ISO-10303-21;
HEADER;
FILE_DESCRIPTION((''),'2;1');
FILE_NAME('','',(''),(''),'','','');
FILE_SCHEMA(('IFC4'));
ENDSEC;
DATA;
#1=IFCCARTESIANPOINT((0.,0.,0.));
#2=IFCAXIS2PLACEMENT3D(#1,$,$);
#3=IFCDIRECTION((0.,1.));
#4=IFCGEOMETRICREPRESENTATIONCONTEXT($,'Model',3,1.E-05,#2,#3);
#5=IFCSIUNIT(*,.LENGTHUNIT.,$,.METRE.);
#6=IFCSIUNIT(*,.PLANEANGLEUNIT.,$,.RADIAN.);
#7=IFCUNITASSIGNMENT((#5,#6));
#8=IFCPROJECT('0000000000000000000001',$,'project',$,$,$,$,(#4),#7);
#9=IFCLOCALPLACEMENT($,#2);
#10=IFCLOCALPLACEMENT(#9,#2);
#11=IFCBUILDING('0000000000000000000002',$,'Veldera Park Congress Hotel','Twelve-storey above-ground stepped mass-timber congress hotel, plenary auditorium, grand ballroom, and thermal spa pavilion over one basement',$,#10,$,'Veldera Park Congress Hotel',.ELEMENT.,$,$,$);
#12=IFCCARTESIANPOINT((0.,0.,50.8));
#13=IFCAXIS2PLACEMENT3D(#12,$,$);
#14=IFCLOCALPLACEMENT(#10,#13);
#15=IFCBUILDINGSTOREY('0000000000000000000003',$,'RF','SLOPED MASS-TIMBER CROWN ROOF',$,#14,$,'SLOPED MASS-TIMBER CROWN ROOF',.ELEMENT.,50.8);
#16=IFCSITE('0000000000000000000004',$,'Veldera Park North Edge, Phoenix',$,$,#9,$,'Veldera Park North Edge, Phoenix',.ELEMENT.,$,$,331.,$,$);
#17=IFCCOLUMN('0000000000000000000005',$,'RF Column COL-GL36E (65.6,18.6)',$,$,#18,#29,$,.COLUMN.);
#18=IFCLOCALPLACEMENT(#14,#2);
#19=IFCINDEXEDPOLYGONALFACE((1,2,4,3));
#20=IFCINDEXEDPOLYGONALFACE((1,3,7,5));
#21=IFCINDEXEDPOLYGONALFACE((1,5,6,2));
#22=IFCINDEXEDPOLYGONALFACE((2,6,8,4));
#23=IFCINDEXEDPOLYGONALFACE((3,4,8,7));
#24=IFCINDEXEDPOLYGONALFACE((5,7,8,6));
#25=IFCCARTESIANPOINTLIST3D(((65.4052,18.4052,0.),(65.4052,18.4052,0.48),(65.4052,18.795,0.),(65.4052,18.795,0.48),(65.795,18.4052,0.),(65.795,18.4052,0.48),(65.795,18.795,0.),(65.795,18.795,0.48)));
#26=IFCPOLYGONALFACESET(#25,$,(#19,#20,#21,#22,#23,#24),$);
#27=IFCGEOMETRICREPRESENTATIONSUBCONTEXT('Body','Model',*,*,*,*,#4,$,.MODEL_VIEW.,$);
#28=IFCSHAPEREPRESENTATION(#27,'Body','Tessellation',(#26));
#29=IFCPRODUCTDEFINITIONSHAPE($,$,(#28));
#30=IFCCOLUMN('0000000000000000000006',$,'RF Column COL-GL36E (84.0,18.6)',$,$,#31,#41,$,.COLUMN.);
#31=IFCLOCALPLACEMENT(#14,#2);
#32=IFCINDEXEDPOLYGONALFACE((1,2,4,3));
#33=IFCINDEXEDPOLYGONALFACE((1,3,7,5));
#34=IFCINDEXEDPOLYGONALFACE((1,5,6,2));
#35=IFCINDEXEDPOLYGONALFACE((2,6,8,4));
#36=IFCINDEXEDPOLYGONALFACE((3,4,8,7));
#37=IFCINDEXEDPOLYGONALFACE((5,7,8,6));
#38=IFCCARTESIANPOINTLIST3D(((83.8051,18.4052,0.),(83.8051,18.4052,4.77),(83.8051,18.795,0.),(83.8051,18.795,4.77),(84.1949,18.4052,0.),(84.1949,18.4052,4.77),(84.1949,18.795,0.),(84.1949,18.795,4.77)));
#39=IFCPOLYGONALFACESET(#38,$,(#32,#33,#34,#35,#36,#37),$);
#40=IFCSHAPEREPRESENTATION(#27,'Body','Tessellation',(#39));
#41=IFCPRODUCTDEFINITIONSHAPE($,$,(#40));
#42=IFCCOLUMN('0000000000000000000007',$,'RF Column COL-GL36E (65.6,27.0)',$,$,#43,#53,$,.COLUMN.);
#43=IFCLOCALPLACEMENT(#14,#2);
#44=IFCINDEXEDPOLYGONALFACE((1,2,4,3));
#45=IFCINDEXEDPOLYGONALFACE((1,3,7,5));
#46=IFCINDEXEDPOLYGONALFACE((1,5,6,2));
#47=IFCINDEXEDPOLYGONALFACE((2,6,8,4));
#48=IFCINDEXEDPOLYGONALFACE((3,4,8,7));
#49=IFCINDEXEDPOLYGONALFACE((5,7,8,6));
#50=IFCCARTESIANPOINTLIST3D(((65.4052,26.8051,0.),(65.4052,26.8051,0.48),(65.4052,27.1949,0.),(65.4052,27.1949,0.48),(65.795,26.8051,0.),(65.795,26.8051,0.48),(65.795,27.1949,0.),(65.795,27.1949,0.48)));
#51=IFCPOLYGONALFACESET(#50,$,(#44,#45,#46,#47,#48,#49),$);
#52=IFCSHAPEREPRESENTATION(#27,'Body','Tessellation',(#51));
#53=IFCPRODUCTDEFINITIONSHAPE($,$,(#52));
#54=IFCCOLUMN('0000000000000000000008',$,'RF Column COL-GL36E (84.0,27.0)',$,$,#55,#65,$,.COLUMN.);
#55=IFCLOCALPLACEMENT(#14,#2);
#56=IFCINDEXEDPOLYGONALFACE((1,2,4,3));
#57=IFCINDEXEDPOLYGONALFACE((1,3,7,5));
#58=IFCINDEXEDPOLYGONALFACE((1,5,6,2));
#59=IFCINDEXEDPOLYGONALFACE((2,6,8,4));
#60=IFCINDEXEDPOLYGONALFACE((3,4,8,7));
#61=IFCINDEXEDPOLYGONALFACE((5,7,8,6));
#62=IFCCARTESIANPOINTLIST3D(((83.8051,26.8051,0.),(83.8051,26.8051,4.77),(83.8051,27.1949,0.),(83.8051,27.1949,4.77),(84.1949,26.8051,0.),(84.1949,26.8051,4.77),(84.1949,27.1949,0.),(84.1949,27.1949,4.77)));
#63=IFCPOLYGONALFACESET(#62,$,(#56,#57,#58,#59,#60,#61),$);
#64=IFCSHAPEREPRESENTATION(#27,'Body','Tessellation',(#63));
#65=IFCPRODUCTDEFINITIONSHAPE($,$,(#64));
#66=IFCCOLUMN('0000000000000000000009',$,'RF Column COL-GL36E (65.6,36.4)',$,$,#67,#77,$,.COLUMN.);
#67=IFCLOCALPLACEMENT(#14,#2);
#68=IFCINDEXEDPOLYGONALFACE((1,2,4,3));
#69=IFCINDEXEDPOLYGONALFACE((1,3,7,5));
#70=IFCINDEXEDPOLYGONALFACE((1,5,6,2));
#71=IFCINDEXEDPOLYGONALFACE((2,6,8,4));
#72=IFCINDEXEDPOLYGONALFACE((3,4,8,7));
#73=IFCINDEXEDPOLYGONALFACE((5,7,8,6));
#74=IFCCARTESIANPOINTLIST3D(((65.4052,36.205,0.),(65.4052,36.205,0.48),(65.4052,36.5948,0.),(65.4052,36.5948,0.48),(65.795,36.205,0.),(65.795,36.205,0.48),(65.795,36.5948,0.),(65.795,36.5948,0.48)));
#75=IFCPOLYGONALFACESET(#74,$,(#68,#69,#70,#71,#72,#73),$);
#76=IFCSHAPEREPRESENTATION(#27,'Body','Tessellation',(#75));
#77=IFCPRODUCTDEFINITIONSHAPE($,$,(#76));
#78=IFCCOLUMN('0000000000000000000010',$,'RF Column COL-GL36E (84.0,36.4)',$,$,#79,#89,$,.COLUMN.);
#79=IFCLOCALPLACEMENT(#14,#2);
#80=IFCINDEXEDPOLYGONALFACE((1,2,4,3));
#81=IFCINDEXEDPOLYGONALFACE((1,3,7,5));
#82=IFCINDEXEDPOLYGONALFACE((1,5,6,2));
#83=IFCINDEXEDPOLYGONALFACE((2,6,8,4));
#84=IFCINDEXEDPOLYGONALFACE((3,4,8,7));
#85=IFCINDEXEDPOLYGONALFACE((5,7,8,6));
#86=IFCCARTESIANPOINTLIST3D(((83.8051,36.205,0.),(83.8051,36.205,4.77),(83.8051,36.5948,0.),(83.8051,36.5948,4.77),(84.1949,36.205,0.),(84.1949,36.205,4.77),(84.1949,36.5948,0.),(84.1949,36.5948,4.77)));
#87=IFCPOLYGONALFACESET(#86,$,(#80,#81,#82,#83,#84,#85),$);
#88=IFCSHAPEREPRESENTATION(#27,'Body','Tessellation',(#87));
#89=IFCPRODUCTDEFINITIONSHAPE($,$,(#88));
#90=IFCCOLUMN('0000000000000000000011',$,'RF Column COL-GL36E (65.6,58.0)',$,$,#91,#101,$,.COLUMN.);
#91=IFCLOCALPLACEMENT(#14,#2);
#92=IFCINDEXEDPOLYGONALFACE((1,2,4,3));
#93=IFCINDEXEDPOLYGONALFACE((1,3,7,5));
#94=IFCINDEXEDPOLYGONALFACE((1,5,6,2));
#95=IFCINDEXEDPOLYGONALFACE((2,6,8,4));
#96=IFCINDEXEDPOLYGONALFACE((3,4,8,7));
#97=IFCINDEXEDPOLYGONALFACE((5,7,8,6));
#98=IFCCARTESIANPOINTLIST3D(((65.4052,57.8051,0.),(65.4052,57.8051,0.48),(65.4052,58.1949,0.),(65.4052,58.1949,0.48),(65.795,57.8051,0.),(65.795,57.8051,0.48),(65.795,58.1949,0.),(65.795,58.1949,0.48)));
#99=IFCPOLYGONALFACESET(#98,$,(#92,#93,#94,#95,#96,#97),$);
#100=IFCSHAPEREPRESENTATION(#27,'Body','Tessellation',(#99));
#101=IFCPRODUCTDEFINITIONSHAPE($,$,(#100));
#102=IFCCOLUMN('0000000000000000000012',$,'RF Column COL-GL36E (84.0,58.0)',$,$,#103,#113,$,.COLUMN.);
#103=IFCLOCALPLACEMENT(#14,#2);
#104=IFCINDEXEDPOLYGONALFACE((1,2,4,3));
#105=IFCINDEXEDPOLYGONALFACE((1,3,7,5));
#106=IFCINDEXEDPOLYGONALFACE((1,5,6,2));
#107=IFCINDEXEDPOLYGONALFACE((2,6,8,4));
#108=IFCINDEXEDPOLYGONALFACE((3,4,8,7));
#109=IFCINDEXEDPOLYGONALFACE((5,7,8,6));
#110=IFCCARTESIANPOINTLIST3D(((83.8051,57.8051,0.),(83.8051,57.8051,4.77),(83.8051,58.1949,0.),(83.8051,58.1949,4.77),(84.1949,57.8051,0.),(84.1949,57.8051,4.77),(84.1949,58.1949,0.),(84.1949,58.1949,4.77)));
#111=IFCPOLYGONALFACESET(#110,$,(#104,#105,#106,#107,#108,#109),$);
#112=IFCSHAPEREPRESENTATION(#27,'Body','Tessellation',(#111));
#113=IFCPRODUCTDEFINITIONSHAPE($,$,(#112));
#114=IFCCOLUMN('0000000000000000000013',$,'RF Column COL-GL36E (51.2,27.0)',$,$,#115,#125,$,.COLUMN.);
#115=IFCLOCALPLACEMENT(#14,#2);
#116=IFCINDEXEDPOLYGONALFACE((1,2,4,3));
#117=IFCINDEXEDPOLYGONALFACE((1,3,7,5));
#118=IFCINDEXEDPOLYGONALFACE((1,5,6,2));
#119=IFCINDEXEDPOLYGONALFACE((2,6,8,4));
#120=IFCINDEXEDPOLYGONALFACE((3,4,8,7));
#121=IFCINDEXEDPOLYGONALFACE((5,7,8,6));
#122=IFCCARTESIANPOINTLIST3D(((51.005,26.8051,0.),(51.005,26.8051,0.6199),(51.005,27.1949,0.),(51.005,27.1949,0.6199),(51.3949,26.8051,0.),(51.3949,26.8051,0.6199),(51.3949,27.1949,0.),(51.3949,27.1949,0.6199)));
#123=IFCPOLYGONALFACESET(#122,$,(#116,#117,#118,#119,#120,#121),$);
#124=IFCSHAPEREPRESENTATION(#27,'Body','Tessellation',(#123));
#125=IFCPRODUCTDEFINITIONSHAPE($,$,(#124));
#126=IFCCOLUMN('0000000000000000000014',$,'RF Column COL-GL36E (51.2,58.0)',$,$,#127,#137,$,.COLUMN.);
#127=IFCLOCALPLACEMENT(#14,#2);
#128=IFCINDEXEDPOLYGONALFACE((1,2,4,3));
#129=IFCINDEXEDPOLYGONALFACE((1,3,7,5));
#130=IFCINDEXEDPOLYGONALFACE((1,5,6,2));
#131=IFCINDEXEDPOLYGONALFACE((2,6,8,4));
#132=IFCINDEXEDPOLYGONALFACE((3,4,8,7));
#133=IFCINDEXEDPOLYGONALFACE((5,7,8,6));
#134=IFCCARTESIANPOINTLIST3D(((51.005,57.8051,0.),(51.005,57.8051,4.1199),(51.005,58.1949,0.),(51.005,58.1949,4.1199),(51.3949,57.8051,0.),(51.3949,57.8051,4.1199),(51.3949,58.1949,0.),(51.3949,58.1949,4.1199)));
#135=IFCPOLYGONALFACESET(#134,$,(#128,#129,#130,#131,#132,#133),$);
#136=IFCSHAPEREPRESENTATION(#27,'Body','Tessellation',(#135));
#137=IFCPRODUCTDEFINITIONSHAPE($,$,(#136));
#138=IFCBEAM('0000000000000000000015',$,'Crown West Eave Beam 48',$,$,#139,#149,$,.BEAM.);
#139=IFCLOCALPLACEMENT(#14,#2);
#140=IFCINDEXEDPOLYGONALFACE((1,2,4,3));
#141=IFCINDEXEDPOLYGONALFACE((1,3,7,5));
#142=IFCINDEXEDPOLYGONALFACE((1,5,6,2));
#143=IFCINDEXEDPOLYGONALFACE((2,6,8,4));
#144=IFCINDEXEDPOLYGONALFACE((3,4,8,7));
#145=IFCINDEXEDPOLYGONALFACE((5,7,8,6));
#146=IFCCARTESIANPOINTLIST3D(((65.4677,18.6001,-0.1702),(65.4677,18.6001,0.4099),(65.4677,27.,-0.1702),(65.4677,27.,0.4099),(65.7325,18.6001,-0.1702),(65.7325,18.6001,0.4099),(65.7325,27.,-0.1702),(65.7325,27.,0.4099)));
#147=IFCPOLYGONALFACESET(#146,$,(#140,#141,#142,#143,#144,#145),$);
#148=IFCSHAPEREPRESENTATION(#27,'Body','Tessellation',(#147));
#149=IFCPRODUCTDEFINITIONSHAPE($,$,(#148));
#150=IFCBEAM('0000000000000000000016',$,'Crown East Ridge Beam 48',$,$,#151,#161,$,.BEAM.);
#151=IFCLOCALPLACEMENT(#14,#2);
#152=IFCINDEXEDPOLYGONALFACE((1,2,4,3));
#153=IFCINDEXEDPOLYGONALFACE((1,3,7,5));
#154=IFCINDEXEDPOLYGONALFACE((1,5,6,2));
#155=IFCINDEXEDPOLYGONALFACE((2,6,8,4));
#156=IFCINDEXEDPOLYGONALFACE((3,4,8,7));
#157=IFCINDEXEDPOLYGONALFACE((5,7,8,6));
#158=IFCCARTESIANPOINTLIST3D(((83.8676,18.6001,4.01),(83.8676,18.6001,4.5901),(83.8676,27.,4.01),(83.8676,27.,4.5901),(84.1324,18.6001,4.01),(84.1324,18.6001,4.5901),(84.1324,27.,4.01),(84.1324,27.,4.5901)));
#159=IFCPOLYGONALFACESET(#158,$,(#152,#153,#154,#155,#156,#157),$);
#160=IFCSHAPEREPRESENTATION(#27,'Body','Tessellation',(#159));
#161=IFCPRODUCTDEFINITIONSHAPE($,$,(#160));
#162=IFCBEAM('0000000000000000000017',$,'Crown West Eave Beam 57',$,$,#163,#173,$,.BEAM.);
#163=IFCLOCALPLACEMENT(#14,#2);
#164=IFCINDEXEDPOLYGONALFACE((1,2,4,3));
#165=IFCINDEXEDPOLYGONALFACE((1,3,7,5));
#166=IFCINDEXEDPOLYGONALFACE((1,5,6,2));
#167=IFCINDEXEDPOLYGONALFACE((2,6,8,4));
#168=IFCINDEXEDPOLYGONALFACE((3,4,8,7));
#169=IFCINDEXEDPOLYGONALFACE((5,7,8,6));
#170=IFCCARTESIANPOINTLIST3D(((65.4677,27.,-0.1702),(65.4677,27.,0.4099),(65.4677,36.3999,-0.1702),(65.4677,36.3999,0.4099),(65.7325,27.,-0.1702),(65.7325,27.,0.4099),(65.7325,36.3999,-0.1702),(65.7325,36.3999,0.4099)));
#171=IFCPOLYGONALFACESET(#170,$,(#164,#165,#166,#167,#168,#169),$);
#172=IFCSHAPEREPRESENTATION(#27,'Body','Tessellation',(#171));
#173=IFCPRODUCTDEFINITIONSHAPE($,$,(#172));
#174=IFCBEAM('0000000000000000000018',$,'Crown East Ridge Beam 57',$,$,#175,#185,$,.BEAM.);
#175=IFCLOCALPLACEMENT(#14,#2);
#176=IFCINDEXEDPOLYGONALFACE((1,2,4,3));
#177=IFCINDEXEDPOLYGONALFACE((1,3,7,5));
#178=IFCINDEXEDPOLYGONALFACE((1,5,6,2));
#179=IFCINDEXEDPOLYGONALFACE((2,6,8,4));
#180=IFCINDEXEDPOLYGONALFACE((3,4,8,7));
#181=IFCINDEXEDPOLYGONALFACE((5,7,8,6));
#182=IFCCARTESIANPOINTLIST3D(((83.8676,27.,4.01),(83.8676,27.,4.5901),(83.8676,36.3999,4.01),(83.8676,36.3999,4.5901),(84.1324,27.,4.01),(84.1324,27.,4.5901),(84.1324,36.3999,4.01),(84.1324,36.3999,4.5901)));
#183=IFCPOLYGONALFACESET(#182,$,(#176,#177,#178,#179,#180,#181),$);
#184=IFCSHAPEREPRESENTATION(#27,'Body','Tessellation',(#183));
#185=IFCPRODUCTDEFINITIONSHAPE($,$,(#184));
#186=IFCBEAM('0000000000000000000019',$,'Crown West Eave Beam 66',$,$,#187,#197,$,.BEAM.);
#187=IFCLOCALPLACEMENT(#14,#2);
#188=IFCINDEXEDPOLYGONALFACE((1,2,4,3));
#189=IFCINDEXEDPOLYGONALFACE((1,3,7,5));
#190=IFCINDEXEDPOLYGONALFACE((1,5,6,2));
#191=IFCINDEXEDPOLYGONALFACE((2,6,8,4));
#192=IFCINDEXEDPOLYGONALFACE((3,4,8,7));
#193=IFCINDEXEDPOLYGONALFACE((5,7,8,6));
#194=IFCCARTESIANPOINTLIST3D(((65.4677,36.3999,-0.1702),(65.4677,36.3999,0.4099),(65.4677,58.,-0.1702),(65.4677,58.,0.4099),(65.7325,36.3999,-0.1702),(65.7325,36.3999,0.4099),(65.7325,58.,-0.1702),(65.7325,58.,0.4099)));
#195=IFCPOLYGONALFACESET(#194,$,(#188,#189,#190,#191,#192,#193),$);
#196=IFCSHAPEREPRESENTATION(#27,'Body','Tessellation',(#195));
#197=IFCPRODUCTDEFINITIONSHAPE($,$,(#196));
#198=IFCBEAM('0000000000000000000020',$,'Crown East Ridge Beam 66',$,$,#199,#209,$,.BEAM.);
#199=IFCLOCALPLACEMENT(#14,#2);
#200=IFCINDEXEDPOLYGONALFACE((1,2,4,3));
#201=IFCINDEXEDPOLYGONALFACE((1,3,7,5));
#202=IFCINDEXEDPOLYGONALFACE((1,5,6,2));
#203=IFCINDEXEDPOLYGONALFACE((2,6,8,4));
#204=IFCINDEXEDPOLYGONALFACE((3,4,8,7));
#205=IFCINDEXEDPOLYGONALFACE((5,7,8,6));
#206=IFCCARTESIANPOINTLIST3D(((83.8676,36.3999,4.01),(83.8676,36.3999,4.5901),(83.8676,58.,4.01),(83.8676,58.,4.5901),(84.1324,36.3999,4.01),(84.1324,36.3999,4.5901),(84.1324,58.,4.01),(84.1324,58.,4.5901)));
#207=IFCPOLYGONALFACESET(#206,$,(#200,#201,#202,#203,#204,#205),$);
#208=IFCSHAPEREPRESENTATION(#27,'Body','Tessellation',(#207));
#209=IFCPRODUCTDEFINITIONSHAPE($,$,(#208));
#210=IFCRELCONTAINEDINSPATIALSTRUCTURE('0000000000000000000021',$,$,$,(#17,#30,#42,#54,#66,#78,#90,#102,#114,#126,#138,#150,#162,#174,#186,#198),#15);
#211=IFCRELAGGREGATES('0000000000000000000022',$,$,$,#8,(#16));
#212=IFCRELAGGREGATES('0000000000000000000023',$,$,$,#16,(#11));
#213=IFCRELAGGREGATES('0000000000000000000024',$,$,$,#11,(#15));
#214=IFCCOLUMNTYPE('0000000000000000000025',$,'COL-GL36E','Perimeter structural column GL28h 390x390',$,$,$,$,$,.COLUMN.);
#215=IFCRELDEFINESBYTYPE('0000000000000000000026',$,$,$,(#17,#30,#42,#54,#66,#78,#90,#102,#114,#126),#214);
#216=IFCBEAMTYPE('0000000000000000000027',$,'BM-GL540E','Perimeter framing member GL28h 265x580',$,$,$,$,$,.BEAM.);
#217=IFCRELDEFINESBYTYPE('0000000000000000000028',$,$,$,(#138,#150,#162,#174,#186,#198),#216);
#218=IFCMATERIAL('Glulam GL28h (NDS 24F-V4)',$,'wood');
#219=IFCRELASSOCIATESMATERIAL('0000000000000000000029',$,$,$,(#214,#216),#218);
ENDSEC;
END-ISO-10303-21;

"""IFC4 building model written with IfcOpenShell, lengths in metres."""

from ifc_helpers import new_model, si_unit, direction, frame, origin, origin_2d, place, context, subcontext, project, spatial, rectangle, extrude, material, material_profile, profile_set, type_object, element, save


model = new_model("IFC4")

# Units and contexts
model_context = context("Model", 3, precision=1e-05, world=origin(), true_north=direction((0.0, 1.0)))
body_context = subcontext(model_context, "Body", "Model", "MODEL_VIEW")
ifc_project = project(units=[si_unit("LENGTHUNIT", "METRE"), si_unit("PLANEANGLEUNIT", "RADIAN")], contexts=[model_context])

# Site, building, storey
site_placement = place(None, origin())
site = spatial("IfcSite", under=ifc_project, at=site_placement, Name="Veldera Park North Edge, Phoenix", LongName="Veldera Park North Edge, Phoenix", CompositionType="ELEMENT", RefElevation=331.0)
building_placement = place(site_placement, origin())
building = spatial("IfcBuilding", under=site, at=building_placement, Name="Veldera Park Congress Hotel", Description="Twelve-storey above-ground stepped mass-timber congress hotel, plenary auditorium, grand ballroom, and thermal spa pavilion over one basement", LongName="Veldera Park Congress Hotel", CompositionType="ELEMENT")
storey_placement = place(building_placement, frame((0.0, 0.0, 50.8)))
storey = spatial("IfcBuildingStorey", under=building, at=storey_placement, Name="RF", Description="SLOPED MASS-TIMBER CROWN ROOF", LongName="SLOPED MASS-TIMBER CROWN ROOF", CompositionType="ELEMENT", Elevation=50.8)

# Columns
ifc_material_1 = material(Name="Glulam GL28h (NDS 24F-V4)", Category="wood")
ifc_material_profile_1 = material_profile(ifc_material_1, rectangle(XDim=0.3899, YDim=0.3899, at=origin_2d()), Name="GL28h 390x390")
ifc_profile_set_1 = profile_set([ifc_material_profile_1], Name="Glulam GL28h (NDS 24F-V4)")
column_type = type_object("IfcColumnType", Name="COL-GL36E", Description="Perimeter structural column GL28h 390x390", PredefinedType="COLUMN", material=ifc_profile_set_1)
column_1_placement = place(storey_placement, frame((65.6001, 18.6001, 0.0), z_axis=(0.0, 0.0, 1.0), x_axis=(1.0, 0.0, 0.0)))
element("IfcColumn", 1, at=column_1_placement, inside=storey, type_object=column_type, Name="RF Column COL-GL36E (65.6,18.6)", PredefinedType="COLUMN", context=body_context, shape_type="SweptSolid", body=[
    extrude(rectangle(XDim=0.3899, YDim=0.3899, at=origin_2d()), origin(), (0.0, 0.0, 1.0), 0.48),
])
column_2_placement = place(storey_placement, frame((84.0, 18.6001, 0.0), z_axis=(0.0, 0.0, 1.0), x_axis=(1.0, 0.0, 0.0)))
element("IfcColumn", 2, at=column_2_placement, inside=storey, type_object=column_type, Name="RF Column COL-GL36E (84.0,18.6)", PredefinedType="COLUMN", context=body_context, shape_type="SweptSolid", body=[
    extrude(rectangle(XDim=0.3899, YDim=0.3899, at=origin_2d()), origin(), (0.0, 0.0, 1.0), 4.77),
])
column_3_placement = place(storey_placement, frame((65.6001, 27.0, 0.0), z_axis=(0.0, 0.0, 1.0), x_axis=(1.0, 0.0, 0.0)))
element("IfcColumn", 3, at=column_3_placement, inside=storey, type_object=column_type, Name="RF Column COL-GL36E (65.6,27.0)", PredefinedType="COLUMN", context=body_context, shape_type="SweptSolid", body=[
    extrude(rectangle(XDim=0.3899, YDim=0.3899, at=origin_2d()), origin(), (0.0, 0.0, 1.0), 0.48),
])
column_4_placement = place(storey_placement, frame((84.0, 27.0, 0.0), z_axis=(0.0, 0.0, 1.0), x_axis=(1.0, 0.0, 0.0)))
element("IfcColumn", 4, at=column_4_placement, inside=storey, type_object=column_type, Name="RF Column COL-GL36E (84.0,27.0)", PredefinedType="COLUMN", context=body_context, shape_type="SweptSolid", body=[
    extrude(rectangle(XDim=0.3899, YDim=0.3899, at=origin_2d()), origin(), (0.0, 0.0, 1.0), 4.77),
])
column_5_placement = place(storey_placement, frame((65.6001, 36.3999, 0.0), z_axis=(0.0, 0.0, 1.0), x_axis=(1.0, 0.0, 0.0)))
element("IfcColumn", 5, at=column_5_placement, inside=storey, type_object=column_type, Name="RF Column COL-GL36E (65.6,36.4)", PredefinedType="COLUMN", context=body_context, shape_type="SweptSolid", body=[
    extrude(rectangle(XDim=0.3899, YDim=0.3899, at=origin_2d()), origin(), (0.0, 0.0, 1.0), 0.48),
])
column_6_placement = place(storey_placement, frame((84.0, 36.3999, 0.0), z_axis=(0.0, 0.0, 1.0), x_axis=(1.0, 0.0, 0.0)))
element("IfcColumn", 6, at=column_6_placement, inside=storey, type_object=column_type, Name="RF Column COL-GL36E (84.0,36.4)", PredefinedType="COLUMN", context=body_context, shape_type="SweptSolid", body=[
    extrude(rectangle(XDim=0.3899, YDim=0.3899, at=origin_2d()), origin(), (0.0, 0.0, 1.0), 4.77),
])
column_7_placement = place(storey_placement, frame((65.6001, 58.0, 0.0), z_axis=(0.0, 0.0, 1.0), x_axis=(1.0, 0.0, 0.0)))
element("IfcColumn", 7, at=column_7_placement, inside=storey, type_object=column_type, Name="RF Column COL-GL36E (65.6,58.0)", PredefinedType="COLUMN", context=body_context, shape_type="SweptSolid", body=[
    extrude(rectangle(XDim=0.3899, YDim=0.3899, at=origin_2d()), origin(), (0.0, 0.0, 1.0), 0.48),
])
column_8_placement = place(storey_placement, frame((84.0, 58.0, 0.0), z_axis=(0.0, 0.0, 1.0), x_axis=(1.0, 0.0, 0.0)))
element("IfcColumn", 8, at=column_8_placement, inside=storey, type_object=column_type, Name="RF Column COL-GL36E (84.0,58.0)", PredefinedType="COLUMN", context=body_context, shape_type="SweptSolid", body=[
    extrude(rectangle(XDim=0.3899, YDim=0.3899, at=origin_2d()), origin(), (0.0, 0.0, 1.0), 4.77),
])
column_9_placement = place(storey_placement, frame((51.2, 27.0, 0.0), z_axis=(0.0, 0.0, 1.0), x_axis=(1.0, 0.0, 0.0)))
element("IfcColumn", 9, at=column_9_placement, inside=storey, type_object=column_type, Name="RF Column COL-GL36E (51.2,27.0)", PredefinedType="COLUMN", context=body_context, shape_type="SweptSolid", body=[
    extrude(rectangle(XDim=0.3899, YDim=0.3899, at=origin_2d()), origin(), (0.0, 0.0, 1.0), 0.6199),
])
column_10_placement = place(storey_placement, frame((51.2, 58.0, 0.0), z_axis=(0.0, 0.0, 1.0), x_axis=(1.0, 0.0, 0.0)))
element("IfcColumn", 10, at=column_10_placement, inside=storey, type_object=column_type, Name="RF Column COL-GL36E (51.2,58.0)", PredefinedType="COLUMN", context=body_context, shape_type="SweptSolid", body=[
    extrude(rectangle(XDim=0.3899, YDim=0.3899, at=origin_2d()), origin(), (0.0, 0.0, 1.0), 4.1199),
])

# Beams
ifc_material_profile_2 = material_profile(ifc_material_1, rectangle(XDim=0.2649, YDim=0.5801, at=origin_2d()), Name="GL28h 265x580")
ifc_profile_set_2 = profile_set([ifc_material_profile_2], Name="Glulam GL28h (NDS 24F-V4)")
beam_type = type_object("IfcBeamType", Name="BM-GL540E", Description="Perimeter framing member GL28h 265x580", PredefinedType="BEAM", material=ifc_profile_set_2)
for number, where, z_axis, x_axis, name in (
    (11, (65.6001, 18.6001, 0.1199), (0.0, 1.0, 0.0), (-1.0, 0.0, 0.0), "Crown West Eave Beam 48"),
    (12, (84.0, 18.6001, 4.3), (0.0, 1.0, 0.0), (-1.0, 0.0, 0.0), "Crown East Ridge Beam 48"),
):
    element("IfcBeam", number, at=place(storey_placement, frame(where, z_axis=z_axis, x_axis=x_axis)), inside=storey, type_object=beam_type, Name=name, PredefinedType="BEAM", context=body_context, shape_type="SweptSolid", body=[
        extrude(rectangle(XDim=0.2649, YDim=0.5801, at=origin_2d()), origin(), (0.0, 0.0, 1.0), 8.3999),
    ])
for number, where, z_axis, x_axis, name in (
    (13, (65.6001, 27.0, 0.1199), (0.0, 1.0, 0.0), (-1.0, 0.0, 0.0), "Crown West Eave Beam 57"),
    (14, (84.0, 27.0, 4.3), (0.0, 1.0, 0.0), (-1.0, 0.0, 0.0), "Crown East Ridge Beam 57"),
):
    element("IfcBeam", number, at=place(storey_placement, frame(where, z_axis=z_axis, x_axis=x_axis)), inside=storey, type_object=beam_type, Name=name, PredefinedType="BEAM", context=body_context, shape_type="SweptSolid", body=[
        extrude(rectangle(XDim=0.2649, YDim=0.5801, at=origin_2d()), origin(), (0.0, 0.0, 1.0), 9.3999),
    ])
for number, where, z_axis, x_axis, name in (
    (15, (65.6001, 36.3999, 0.1199), (0.0, 1.0, 0.0), (-1.0, 0.0, 0.0), "Crown West Eave Beam 66"),
    (16, (84.0, 36.3999, 4.3), (0.0, 1.0, 0.0), (-1.0, 0.0, 0.0), "Crown East Ridge Beam 66"),
):
    element("IfcBeam", number, at=place(storey_placement, frame(where, z_axis=z_axis, x_axis=x_axis)), inside=storey, type_object=beam_type, Name=name, PredefinedType="BEAM", context=body_context, shape_type="SweptSolid", body=[
        extrude(rectangle(XDim=0.2649, YDim=0.5801, at=origin_2d()), origin(), (0.0, 0.0, 1.0), 21.6001),
    ])

save(model, "model.ifc")
